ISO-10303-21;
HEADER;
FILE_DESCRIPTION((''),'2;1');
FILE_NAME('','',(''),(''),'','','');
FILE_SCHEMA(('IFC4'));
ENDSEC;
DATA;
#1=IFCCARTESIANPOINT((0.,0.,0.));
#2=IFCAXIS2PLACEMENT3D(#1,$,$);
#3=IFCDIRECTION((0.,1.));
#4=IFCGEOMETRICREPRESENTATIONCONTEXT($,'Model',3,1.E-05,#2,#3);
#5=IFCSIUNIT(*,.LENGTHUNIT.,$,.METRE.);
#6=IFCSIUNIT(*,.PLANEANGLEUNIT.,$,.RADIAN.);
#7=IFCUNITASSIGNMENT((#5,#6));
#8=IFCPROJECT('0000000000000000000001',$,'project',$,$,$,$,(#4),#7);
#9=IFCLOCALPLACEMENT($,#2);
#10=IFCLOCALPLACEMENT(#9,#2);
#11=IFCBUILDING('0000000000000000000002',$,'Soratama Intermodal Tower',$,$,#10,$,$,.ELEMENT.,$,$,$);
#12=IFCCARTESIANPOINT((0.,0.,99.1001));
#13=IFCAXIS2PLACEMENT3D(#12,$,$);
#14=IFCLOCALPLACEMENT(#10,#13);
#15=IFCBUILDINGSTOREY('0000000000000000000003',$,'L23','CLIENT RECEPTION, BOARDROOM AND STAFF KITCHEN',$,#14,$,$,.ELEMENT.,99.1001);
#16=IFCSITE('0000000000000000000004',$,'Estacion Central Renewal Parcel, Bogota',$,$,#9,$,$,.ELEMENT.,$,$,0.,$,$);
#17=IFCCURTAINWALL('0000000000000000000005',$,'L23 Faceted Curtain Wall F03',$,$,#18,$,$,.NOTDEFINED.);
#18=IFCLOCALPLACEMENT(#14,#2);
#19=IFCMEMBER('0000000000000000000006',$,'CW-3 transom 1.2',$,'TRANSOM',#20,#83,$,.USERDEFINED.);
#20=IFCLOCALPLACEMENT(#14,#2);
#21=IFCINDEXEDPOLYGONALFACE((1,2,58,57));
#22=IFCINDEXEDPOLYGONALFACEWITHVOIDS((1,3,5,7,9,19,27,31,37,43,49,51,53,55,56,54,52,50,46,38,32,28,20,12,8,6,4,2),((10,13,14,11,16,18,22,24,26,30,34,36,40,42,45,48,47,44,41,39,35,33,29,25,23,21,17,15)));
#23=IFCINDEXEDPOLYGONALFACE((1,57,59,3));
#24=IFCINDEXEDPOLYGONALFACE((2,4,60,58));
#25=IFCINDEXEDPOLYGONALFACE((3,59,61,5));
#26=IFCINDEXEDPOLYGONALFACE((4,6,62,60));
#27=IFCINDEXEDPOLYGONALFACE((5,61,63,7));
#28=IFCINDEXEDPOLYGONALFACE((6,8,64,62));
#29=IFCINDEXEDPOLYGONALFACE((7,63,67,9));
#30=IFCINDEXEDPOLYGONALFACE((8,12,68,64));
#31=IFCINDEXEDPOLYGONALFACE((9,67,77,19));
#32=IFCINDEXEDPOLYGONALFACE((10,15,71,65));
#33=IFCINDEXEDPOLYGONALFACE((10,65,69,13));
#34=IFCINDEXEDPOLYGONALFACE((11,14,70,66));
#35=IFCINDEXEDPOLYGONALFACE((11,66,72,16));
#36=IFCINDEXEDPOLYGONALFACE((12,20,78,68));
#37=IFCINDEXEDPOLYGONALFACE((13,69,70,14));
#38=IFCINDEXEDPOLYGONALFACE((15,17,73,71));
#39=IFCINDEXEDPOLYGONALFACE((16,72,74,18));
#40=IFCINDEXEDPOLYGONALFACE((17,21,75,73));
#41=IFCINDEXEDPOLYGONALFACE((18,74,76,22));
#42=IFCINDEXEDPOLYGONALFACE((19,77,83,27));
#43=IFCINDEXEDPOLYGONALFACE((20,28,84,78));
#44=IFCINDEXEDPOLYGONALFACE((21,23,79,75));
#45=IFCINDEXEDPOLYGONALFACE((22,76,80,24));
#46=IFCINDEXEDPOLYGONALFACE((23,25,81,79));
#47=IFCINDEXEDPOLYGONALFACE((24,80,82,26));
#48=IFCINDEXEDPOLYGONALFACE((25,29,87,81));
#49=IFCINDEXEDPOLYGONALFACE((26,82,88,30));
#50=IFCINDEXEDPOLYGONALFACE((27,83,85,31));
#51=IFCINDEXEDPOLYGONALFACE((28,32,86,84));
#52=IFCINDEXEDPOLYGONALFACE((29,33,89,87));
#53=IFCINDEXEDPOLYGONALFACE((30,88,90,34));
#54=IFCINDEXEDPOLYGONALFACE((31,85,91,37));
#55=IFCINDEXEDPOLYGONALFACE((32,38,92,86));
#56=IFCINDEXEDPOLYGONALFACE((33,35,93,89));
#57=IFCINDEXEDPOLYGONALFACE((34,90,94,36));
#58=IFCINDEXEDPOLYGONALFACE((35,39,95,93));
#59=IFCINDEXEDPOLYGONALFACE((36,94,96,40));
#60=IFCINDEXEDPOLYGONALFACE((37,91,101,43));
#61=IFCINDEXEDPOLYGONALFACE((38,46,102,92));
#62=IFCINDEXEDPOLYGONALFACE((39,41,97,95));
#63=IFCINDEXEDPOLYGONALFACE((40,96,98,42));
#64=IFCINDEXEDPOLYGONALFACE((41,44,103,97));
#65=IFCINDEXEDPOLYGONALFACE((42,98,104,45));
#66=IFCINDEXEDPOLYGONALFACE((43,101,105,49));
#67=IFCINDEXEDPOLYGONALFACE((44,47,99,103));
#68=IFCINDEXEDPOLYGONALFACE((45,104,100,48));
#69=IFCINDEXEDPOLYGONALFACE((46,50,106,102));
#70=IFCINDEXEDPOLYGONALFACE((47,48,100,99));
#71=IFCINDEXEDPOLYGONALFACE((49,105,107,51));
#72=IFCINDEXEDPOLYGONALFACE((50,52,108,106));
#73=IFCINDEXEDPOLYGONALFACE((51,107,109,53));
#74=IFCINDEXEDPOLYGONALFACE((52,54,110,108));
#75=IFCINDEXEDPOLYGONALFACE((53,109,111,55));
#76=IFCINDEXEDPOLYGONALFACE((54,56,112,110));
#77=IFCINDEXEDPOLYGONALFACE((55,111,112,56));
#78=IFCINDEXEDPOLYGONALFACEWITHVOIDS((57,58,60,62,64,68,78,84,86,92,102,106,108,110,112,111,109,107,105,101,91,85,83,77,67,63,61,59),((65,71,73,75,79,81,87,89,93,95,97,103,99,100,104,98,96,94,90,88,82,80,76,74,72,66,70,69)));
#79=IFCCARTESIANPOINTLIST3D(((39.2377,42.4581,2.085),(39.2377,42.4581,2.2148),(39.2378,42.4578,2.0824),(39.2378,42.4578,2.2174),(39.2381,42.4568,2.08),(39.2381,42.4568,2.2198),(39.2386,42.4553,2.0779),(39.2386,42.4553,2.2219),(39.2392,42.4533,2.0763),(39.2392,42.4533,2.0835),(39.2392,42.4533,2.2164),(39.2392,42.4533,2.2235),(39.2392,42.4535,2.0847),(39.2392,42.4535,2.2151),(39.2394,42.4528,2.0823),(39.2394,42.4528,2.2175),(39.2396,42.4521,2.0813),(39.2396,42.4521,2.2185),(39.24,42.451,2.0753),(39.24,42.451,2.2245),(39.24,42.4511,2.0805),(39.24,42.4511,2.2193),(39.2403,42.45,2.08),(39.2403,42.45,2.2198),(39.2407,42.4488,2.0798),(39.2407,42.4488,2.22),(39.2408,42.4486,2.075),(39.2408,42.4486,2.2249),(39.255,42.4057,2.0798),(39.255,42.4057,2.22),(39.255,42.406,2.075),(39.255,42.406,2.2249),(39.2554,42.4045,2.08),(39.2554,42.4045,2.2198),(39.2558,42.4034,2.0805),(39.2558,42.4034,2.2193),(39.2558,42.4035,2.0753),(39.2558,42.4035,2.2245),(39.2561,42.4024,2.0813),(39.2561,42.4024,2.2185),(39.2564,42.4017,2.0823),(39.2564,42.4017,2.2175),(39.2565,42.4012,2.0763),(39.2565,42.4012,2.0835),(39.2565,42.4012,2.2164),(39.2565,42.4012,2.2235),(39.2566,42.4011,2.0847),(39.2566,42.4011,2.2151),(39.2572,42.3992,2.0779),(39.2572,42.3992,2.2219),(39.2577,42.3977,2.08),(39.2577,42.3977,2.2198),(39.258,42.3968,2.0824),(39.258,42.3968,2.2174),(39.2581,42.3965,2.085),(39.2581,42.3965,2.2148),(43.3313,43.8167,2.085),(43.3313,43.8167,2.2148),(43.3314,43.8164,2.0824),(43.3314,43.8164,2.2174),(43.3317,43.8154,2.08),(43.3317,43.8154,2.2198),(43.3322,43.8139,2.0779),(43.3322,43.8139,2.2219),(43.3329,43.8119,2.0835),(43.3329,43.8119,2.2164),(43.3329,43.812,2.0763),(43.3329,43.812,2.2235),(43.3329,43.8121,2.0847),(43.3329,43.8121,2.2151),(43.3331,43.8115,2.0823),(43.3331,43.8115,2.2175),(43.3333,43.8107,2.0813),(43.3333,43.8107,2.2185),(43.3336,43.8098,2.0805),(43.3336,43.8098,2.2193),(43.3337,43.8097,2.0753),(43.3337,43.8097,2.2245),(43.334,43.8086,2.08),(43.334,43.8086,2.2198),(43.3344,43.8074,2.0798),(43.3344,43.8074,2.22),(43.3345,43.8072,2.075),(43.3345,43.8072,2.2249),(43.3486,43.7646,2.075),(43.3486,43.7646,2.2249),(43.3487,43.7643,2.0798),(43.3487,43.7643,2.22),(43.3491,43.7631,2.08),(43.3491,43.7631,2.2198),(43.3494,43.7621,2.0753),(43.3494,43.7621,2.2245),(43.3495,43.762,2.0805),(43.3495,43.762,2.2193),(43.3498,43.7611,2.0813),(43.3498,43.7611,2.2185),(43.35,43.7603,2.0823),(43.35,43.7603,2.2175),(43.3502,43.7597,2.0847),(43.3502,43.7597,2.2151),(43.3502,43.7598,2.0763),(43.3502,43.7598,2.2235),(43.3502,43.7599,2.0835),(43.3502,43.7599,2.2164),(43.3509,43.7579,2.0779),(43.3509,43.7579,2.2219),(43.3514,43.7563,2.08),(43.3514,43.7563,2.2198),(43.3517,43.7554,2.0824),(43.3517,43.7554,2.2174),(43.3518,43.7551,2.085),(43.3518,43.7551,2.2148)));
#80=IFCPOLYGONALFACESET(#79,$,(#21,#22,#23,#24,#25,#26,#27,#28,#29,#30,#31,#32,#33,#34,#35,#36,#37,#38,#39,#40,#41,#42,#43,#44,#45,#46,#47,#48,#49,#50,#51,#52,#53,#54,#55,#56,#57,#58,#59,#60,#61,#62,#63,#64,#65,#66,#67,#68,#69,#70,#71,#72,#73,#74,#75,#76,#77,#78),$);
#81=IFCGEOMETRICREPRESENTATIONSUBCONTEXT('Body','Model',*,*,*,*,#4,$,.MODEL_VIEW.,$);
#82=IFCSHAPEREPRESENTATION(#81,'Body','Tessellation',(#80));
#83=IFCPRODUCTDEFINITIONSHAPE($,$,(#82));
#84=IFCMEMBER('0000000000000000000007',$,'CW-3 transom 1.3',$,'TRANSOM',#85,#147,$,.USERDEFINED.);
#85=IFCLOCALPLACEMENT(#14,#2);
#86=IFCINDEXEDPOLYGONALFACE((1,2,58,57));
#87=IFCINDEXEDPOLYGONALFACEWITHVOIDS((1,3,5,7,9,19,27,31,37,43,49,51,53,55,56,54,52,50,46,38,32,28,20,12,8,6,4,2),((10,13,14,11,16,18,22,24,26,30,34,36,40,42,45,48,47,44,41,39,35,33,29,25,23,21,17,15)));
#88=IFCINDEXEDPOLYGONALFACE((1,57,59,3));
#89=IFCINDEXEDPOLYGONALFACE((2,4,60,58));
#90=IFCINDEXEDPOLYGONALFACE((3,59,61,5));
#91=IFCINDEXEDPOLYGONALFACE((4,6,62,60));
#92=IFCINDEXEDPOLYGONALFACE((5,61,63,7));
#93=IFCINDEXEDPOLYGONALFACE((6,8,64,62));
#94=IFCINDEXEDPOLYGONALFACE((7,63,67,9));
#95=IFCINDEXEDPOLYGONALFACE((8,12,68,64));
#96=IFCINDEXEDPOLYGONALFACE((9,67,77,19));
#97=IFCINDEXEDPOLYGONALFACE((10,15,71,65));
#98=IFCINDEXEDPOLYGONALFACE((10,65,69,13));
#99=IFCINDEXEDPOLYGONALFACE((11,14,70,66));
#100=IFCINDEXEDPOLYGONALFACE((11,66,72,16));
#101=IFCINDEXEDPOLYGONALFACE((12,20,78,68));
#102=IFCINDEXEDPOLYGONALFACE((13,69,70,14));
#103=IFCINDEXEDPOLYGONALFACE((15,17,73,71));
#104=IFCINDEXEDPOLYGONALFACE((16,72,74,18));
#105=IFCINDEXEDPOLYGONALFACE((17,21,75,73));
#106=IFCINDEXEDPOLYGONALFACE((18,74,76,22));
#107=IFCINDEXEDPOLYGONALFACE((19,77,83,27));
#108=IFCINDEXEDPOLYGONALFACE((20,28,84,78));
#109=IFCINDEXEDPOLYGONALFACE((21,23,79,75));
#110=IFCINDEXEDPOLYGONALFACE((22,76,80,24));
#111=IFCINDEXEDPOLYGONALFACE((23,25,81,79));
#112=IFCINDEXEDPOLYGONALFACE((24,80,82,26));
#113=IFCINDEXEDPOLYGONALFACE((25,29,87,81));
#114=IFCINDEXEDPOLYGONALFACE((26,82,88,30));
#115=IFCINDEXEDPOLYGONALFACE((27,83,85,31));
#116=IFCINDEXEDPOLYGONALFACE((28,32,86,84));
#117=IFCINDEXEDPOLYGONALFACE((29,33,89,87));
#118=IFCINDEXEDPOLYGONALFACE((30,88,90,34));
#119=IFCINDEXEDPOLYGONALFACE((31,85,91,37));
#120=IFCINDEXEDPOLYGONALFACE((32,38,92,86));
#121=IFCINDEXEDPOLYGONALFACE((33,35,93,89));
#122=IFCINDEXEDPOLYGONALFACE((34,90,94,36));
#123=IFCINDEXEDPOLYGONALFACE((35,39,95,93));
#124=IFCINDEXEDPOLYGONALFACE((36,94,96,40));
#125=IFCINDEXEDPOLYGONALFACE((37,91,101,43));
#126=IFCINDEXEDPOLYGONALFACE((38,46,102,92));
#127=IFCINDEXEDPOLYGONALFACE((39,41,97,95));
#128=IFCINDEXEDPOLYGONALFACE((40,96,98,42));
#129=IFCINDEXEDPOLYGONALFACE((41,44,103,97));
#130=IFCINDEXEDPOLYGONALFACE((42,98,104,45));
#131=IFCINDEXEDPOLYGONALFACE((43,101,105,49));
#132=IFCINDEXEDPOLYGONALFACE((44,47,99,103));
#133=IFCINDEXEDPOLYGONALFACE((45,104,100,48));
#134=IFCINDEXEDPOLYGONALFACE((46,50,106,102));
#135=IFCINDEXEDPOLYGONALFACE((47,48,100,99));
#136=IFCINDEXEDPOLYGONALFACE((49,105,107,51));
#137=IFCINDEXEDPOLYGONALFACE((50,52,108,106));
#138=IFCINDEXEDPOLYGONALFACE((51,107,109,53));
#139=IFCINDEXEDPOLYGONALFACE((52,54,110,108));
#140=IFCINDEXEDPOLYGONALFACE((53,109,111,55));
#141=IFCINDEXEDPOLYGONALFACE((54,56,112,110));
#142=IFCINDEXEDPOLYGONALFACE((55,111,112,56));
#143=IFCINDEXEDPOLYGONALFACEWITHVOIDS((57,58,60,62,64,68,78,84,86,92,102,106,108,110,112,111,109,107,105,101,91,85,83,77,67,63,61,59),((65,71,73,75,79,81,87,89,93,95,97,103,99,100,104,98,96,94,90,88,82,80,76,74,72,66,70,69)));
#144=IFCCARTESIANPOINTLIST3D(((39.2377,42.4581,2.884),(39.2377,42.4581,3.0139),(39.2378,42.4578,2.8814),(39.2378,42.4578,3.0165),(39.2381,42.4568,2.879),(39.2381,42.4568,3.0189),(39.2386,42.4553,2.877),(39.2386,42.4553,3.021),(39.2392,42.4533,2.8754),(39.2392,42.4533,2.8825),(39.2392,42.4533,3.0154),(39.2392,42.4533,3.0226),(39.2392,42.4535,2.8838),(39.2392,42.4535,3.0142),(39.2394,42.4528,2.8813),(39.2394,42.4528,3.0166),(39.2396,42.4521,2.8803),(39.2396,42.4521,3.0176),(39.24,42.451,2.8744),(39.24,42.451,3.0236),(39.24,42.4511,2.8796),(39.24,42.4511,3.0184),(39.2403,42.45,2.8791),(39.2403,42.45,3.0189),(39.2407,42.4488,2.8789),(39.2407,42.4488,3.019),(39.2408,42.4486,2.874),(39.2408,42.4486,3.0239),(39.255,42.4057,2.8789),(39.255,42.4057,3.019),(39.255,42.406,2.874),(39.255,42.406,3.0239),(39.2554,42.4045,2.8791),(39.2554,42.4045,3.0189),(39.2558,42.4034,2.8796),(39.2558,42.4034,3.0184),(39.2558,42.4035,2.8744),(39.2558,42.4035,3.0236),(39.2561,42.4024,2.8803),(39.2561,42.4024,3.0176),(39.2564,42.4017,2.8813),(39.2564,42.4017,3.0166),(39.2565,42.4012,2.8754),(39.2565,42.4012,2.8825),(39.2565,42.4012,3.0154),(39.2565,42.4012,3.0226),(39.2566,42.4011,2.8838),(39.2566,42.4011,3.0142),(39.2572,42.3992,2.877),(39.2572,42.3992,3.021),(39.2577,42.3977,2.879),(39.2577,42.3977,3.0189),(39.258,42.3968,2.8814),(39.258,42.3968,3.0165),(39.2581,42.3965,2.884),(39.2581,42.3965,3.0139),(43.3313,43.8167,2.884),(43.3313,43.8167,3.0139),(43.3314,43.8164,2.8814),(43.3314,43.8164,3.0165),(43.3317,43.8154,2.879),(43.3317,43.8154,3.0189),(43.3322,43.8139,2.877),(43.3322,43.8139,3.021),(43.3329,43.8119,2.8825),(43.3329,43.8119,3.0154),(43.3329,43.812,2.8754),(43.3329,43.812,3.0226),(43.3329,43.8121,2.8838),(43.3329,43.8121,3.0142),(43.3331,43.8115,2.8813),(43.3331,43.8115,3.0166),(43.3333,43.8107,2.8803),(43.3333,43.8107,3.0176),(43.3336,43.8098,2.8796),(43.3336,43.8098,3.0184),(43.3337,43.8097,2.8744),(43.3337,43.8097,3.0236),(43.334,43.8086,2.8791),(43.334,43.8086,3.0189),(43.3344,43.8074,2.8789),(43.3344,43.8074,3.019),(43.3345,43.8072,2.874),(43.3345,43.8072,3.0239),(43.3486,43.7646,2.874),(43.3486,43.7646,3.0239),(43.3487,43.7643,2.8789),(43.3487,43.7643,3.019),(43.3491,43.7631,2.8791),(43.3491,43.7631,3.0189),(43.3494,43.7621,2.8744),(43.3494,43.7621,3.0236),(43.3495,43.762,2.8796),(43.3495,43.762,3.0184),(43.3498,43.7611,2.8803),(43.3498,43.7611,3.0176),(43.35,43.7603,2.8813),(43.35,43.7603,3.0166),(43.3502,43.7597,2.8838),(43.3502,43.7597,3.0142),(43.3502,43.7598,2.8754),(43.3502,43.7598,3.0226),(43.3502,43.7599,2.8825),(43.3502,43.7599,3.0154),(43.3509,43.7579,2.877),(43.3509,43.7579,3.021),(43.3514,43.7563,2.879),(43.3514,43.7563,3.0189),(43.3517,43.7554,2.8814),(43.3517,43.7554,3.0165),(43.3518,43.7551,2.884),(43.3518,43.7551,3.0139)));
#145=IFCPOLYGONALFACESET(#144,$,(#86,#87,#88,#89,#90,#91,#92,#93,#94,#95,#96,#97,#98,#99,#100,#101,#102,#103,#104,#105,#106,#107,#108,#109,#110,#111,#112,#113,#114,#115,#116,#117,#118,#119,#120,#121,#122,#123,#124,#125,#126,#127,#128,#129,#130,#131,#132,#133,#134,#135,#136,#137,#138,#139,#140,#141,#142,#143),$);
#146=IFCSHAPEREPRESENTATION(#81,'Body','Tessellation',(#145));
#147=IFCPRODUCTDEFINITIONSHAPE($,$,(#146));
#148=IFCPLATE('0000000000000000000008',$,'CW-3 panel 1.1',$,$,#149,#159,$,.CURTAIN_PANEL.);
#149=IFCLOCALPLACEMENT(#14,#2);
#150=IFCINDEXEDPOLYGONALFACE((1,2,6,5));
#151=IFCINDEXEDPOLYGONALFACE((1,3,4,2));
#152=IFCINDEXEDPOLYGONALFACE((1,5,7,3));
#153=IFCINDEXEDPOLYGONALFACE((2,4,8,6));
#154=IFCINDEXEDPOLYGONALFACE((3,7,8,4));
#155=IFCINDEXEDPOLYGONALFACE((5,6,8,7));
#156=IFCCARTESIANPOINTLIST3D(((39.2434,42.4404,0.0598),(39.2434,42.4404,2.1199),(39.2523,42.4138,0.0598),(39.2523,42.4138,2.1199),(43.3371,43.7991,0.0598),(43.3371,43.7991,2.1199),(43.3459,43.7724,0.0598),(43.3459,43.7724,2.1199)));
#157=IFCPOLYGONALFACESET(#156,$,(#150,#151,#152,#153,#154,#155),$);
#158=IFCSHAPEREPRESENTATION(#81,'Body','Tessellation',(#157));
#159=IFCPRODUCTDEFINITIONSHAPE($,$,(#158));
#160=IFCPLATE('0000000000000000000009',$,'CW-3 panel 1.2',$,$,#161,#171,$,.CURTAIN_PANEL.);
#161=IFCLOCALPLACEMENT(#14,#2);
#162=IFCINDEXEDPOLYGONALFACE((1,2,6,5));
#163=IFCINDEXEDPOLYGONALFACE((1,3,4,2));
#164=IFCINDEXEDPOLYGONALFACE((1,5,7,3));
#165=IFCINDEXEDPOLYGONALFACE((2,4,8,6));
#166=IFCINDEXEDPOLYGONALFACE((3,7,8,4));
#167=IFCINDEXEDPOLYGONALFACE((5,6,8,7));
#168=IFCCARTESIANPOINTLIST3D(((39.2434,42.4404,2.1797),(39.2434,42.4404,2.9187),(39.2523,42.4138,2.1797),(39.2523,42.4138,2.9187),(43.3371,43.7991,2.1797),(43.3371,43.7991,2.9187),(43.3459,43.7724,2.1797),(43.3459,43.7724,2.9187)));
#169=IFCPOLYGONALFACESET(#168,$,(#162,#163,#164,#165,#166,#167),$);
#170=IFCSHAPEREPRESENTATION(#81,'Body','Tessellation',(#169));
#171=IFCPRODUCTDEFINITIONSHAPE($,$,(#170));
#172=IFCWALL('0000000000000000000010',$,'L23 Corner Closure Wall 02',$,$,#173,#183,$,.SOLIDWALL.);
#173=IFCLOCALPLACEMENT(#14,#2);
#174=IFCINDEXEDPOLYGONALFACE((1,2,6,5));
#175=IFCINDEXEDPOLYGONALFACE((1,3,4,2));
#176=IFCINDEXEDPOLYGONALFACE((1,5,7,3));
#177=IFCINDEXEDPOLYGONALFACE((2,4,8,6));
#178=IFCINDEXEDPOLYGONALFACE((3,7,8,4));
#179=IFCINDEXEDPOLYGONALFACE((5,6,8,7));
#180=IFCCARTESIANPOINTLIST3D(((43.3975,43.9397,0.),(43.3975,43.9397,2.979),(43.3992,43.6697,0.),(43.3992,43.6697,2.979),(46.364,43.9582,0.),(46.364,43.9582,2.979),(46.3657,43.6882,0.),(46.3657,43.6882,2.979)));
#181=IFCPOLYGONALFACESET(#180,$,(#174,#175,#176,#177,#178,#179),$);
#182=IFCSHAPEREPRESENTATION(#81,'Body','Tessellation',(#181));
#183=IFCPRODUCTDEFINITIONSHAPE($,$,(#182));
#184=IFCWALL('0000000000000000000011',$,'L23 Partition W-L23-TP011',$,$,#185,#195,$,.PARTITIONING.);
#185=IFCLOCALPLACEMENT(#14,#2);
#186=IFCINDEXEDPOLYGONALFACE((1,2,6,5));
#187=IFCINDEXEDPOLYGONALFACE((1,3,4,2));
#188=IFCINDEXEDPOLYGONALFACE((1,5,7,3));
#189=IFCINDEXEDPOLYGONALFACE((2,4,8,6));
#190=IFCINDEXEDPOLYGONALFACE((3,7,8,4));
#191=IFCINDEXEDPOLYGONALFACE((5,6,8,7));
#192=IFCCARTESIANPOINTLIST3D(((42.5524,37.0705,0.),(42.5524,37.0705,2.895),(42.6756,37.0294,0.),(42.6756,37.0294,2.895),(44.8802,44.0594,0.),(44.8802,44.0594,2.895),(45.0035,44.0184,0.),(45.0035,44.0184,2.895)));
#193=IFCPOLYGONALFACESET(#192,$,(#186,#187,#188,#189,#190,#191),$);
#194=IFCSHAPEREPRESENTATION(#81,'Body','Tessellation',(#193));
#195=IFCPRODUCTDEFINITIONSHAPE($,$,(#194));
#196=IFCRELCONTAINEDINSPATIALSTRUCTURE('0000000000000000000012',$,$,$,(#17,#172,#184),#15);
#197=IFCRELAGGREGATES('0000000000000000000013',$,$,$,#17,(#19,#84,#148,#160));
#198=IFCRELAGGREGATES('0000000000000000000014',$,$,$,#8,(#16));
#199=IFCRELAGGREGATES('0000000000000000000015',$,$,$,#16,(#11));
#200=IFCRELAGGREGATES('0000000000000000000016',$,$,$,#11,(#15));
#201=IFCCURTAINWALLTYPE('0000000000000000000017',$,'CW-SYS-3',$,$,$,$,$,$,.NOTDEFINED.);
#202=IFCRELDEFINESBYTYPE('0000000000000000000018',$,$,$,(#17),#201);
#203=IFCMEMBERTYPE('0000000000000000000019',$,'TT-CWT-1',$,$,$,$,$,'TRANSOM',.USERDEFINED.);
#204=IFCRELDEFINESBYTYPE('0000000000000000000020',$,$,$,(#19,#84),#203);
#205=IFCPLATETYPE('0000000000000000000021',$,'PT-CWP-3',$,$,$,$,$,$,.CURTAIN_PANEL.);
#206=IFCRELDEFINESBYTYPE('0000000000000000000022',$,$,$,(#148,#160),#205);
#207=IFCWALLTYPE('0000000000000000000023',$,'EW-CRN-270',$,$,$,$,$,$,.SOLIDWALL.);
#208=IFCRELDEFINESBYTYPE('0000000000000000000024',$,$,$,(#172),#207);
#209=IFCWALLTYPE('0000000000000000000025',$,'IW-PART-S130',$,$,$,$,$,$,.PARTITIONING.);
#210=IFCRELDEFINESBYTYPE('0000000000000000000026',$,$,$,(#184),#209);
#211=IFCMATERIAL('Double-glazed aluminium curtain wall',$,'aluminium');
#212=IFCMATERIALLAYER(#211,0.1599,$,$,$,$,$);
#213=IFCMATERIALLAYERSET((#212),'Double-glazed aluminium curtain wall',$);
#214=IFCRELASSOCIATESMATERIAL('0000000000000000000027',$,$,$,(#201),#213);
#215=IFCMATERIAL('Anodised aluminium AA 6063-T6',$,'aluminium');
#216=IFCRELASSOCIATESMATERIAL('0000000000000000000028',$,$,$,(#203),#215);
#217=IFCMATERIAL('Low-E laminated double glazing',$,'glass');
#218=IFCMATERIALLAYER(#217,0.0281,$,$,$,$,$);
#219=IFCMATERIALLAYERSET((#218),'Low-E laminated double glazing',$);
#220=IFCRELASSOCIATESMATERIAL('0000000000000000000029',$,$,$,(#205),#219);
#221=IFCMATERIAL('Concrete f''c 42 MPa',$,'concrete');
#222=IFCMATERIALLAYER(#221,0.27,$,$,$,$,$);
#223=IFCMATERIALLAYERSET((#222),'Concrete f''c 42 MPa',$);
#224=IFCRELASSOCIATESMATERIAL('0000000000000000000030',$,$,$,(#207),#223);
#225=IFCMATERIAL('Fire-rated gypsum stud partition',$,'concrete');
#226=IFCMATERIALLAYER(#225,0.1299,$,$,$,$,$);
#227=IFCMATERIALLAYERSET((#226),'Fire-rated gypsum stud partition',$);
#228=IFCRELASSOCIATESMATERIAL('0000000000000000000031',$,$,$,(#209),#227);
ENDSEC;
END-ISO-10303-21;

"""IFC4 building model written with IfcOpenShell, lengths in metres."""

from ifc_helpers import new_model, si_unit, direction, frame, frame_2d, origin, origin_2d, place, context, subcontext, project, spatial, rectangle, hollow_rectangle, extrude, material, layer, layer_set, material_profile, profile_set, type_object, element, aggregate, save


model = new_model("IFC4")

# Units and contexts
model_context = context("Model", 3, precision=1e-05, world=origin(), true_north=direction((0.0, 1.0)))
body_context = subcontext(model_context, "Body", "Model", "MODEL_VIEW")
ifc_project = project(units=[si_unit("LENGTHUNIT", "METRE"), si_unit("PLANEANGLEUNIT", "RADIAN")], contexts=[model_context])

# Site, building, storey
site_placement = place(None, origin())
site = spatial("IfcSite", under=ifc_project, at=site_placement, Name="Estacion Central Renewal Parcel, Bogota", CompositionType="ELEMENT", RefElevation=0.0)
building_placement = place(site_placement, origin())
building = spatial("IfcBuilding", under=site, at=building_placement, Name="Soratama Intermodal Tower", CompositionType="ELEMENT")
storey_placement = place(building_placement, frame((0.0, 0.0, 99.1001)))
storey = spatial("IfcBuildingStorey", under=building, at=storey_placement, Name="L23", Description="CLIENT RECEPTION, BOARDROOM AND STAFF KITCHEN", CompositionType="ELEMENT", Elevation=99.1001)

# Curtain wall, members, plates
ifc_material_1 = material(Name="Double-glazed aluminium curtain wall", Category="aluminium")
ifc_layer_1 = layer(ifc_material_1, 0.1599)
ifc_layer_set_1 = layer_set([ifc_layer_1], Name="Double-glazed aluminium curtain wall")
curtain_wall_type = type_object("IfcCurtainWallType", Name="CW-SYS-3", PredefinedType="NOTDEFINED", material=ifc_layer_set_1)
curtain_wall_placement = place(storey_placement, origin())
curtain_wall = element("IfcCurtainWall", 1, at=curtain_wall_placement, inside=storey, type_object=curtain_wall_type, Name="L23 Faceted Curtain Wall F03", PredefinedType="NOTDEFINED")
ifc_material_2 = material(Name="Anodised aluminium AA 6063-T6", Category="aluminium")
ifc_material_profile_1 = material_profile(ifc_material_2, hollow_rectangle(XDim=0.0649, YDim=0.1499, WallThickness=0.0049, InnerFilletRadius=0.0049, OuterFilletRadius=0.01, at=origin_2d()), Name="CWT150X65X5")
ifc_profile_set_1 = profile_set([ifc_material_profile_1], Name="Anodised aluminium AA 6063-T6")
member_type_1 = type_object("IfcMemberType", Name="TT-CWT-1", ElementType="TRANSOM", PredefinedType="USERDEFINED", material=ifc_profile_set_1)
member_1_placement = place(storey_placement, frame((43.3416, 43.7859, 2.1499), z_axis=(-0.949096, -0.314988, 0.0), x_axis=(0.314988, -0.949096, 0.0)))
member_1 = element("IfcMember", 2, at=member_1_placement, type_object=member_type_1, Name="CW-3 transom 1.2", ObjectType="TRANSOM", PredefinedType="USERDEFINED", context=body_context, shape_type="SweptSolid", body=[
    extrude(hollow_rectangle(XDim=0.0649, YDim=0.1499, WallThickness=0.0049, InnerFilletRadius=0.0049, OuterFilletRadius=0.01, at=origin_2d()), origin(), (0.0, 0.0, 1.0), 4.3132),
])
member_2_placement = place(storey_placement, frame((43.3416, 43.7859, 2.949), z_axis=(-0.949096, -0.314988, 0.0), x_axis=(0.314988, -0.949096, 0.0)))
member_2 = element("IfcMember", 3, at=member_2_placement, type_object=member_type_1, Name="CW-3 transom 1.3", ObjectType="TRANSOM", PredefinedType="USERDEFINED", context=body_context, shape_type="SweptSolid", body=[
    extrude(hollow_rectangle(XDim=0.0649, YDim=0.1499, WallThickness=0.0049, InnerFilletRadius=0.0049, OuterFilletRadius=0.01, at=origin_2d()), origin(), (0.0, 0.0, 1.0), 4.3132),
])
ifc_material_3 = material(Name="Low-E laminated double glazing", Category="glass")
ifc_layer_2 = layer(ifc_material_3, 0.0281)
ifc_layer_set_2 = layer_set([ifc_layer_2], Name="Low-E laminated double glazing")
plate_type = type_object("IfcPlateType", Name="PT-CWP-3", PredefinedType="CURTAIN_PANEL", material=ifc_layer_set_2)
plate_1_placement = place(storey_placement, frame((41.2947, 43.1064, 0.0598), z_axis=(0.0, 0.0, 1.0), x_axis=(-0.949094, -0.314994, 0.0)))
plate_1 = element("IfcPlate", 4, at=plate_1_placement, type_object=plate_type, Name="CW-3 panel 1.1", PredefinedType="CURTAIN_PANEL", context=body_context, shape_type="SweptSolid", body=[
    extrude(rectangle(XDim=4.3132, YDim=0.0281, at=origin_2d()), origin(), (0.0, 0.0, 1.0), 2.0601),
])
plate_2_placement = place(storey_placement, frame((41.2947, 43.1064, 2.1797), z_axis=(0.0, 0.0, 1.0), x_axis=(-0.949094, -0.314994, 0.0)))
plate_2 = element("IfcPlate", 5, at=plate_2_placement, type_object=plate_type, Name="CW-3 panel 1.2", PredefinedType="CURTAIN_PANEL", context=body_context, shape_type="SweptSolid", body=[
    extrude(rectangle(XDim=4.3132, YDim=0.0281, at=origin_2d()), origin(), (0.0, 0.0, 1.0), 0.739),
])
aggregate(curtain_wall, [member_1, member_2, plate_1, plate_2])

# Wall
ifc_material_4 = material(Name="Concrete f'c 42 MPa", Category="concrete")
ifc_layer_3 = layer(ifc_material_4, 0.27)
ifc_layer_set_3 = layer_set([ifc_layer_3], Name="Concrete f'c 42 MPa")
wall_type_1 = type_object("IfcWallType", Name="EW-CRN-270", PredefinedType="SOLIDWALL", material=ifc_layer_set_3)
wall_1_placement = place(storey_placement, frame((46.365, 43.8232, 0.0), z_axis=(0.0, 0.0, 1.0), x_axis=(-0.99998, -0.006255, 0.0)))
element("IfcWall", 6, at=wall_1_placement, inside=storey, type_object=wall_type_1, Name="L23 Corner Closure Wall 02", PredefinedType="SOLIDWALL", context=body_context, shape_type="SweptSolid", body=[
    extrude(rectangle(XDim=2.9666, YDim=0.27, at=frame_2d((1.4834, 0.0))), origin(), (0.0, 0.0, 1.0), 2.979),
])

# Wall
ifc_material_5 = material(Name="Fire-rated gypsum stud partition", Category="concrete")
ifc_layer_4 = layer(ifc_material_5, 0.1299)
ifc_layer_set_4 = layer_set([ifc_layer_4], Name="Fire-rated gypsum stud partition")
wall_type_2 = type_object("IfcWallType", Name="IW-PART-S130", PredefinedType="PARTITIONING", material=ifc_layer_set_4)
wall_2_placement = place(storey_placement, frame((42.614, 37.05, 0.0), z_axis=(0.0, 0.0, 1.0), x_axis=(0.316009, 0.948756, 0.0)))
element("IfcWall", 7, at=wall_2_placement, inside=storey, type_object=wall_type_2, Name="L23 Partition W-L23-TP011", PredefinedType="PARTITIONING", context=body_context, shape_type="SweptSolid", body=[
    extrude(rectangle(XDim=7.3665, YDim=0.1299, at=frame_2d((3.6831, 0.0))), origin(), (0.0, 0.0, 1.0), 2.895),
])

save(model, "model.ifc")
